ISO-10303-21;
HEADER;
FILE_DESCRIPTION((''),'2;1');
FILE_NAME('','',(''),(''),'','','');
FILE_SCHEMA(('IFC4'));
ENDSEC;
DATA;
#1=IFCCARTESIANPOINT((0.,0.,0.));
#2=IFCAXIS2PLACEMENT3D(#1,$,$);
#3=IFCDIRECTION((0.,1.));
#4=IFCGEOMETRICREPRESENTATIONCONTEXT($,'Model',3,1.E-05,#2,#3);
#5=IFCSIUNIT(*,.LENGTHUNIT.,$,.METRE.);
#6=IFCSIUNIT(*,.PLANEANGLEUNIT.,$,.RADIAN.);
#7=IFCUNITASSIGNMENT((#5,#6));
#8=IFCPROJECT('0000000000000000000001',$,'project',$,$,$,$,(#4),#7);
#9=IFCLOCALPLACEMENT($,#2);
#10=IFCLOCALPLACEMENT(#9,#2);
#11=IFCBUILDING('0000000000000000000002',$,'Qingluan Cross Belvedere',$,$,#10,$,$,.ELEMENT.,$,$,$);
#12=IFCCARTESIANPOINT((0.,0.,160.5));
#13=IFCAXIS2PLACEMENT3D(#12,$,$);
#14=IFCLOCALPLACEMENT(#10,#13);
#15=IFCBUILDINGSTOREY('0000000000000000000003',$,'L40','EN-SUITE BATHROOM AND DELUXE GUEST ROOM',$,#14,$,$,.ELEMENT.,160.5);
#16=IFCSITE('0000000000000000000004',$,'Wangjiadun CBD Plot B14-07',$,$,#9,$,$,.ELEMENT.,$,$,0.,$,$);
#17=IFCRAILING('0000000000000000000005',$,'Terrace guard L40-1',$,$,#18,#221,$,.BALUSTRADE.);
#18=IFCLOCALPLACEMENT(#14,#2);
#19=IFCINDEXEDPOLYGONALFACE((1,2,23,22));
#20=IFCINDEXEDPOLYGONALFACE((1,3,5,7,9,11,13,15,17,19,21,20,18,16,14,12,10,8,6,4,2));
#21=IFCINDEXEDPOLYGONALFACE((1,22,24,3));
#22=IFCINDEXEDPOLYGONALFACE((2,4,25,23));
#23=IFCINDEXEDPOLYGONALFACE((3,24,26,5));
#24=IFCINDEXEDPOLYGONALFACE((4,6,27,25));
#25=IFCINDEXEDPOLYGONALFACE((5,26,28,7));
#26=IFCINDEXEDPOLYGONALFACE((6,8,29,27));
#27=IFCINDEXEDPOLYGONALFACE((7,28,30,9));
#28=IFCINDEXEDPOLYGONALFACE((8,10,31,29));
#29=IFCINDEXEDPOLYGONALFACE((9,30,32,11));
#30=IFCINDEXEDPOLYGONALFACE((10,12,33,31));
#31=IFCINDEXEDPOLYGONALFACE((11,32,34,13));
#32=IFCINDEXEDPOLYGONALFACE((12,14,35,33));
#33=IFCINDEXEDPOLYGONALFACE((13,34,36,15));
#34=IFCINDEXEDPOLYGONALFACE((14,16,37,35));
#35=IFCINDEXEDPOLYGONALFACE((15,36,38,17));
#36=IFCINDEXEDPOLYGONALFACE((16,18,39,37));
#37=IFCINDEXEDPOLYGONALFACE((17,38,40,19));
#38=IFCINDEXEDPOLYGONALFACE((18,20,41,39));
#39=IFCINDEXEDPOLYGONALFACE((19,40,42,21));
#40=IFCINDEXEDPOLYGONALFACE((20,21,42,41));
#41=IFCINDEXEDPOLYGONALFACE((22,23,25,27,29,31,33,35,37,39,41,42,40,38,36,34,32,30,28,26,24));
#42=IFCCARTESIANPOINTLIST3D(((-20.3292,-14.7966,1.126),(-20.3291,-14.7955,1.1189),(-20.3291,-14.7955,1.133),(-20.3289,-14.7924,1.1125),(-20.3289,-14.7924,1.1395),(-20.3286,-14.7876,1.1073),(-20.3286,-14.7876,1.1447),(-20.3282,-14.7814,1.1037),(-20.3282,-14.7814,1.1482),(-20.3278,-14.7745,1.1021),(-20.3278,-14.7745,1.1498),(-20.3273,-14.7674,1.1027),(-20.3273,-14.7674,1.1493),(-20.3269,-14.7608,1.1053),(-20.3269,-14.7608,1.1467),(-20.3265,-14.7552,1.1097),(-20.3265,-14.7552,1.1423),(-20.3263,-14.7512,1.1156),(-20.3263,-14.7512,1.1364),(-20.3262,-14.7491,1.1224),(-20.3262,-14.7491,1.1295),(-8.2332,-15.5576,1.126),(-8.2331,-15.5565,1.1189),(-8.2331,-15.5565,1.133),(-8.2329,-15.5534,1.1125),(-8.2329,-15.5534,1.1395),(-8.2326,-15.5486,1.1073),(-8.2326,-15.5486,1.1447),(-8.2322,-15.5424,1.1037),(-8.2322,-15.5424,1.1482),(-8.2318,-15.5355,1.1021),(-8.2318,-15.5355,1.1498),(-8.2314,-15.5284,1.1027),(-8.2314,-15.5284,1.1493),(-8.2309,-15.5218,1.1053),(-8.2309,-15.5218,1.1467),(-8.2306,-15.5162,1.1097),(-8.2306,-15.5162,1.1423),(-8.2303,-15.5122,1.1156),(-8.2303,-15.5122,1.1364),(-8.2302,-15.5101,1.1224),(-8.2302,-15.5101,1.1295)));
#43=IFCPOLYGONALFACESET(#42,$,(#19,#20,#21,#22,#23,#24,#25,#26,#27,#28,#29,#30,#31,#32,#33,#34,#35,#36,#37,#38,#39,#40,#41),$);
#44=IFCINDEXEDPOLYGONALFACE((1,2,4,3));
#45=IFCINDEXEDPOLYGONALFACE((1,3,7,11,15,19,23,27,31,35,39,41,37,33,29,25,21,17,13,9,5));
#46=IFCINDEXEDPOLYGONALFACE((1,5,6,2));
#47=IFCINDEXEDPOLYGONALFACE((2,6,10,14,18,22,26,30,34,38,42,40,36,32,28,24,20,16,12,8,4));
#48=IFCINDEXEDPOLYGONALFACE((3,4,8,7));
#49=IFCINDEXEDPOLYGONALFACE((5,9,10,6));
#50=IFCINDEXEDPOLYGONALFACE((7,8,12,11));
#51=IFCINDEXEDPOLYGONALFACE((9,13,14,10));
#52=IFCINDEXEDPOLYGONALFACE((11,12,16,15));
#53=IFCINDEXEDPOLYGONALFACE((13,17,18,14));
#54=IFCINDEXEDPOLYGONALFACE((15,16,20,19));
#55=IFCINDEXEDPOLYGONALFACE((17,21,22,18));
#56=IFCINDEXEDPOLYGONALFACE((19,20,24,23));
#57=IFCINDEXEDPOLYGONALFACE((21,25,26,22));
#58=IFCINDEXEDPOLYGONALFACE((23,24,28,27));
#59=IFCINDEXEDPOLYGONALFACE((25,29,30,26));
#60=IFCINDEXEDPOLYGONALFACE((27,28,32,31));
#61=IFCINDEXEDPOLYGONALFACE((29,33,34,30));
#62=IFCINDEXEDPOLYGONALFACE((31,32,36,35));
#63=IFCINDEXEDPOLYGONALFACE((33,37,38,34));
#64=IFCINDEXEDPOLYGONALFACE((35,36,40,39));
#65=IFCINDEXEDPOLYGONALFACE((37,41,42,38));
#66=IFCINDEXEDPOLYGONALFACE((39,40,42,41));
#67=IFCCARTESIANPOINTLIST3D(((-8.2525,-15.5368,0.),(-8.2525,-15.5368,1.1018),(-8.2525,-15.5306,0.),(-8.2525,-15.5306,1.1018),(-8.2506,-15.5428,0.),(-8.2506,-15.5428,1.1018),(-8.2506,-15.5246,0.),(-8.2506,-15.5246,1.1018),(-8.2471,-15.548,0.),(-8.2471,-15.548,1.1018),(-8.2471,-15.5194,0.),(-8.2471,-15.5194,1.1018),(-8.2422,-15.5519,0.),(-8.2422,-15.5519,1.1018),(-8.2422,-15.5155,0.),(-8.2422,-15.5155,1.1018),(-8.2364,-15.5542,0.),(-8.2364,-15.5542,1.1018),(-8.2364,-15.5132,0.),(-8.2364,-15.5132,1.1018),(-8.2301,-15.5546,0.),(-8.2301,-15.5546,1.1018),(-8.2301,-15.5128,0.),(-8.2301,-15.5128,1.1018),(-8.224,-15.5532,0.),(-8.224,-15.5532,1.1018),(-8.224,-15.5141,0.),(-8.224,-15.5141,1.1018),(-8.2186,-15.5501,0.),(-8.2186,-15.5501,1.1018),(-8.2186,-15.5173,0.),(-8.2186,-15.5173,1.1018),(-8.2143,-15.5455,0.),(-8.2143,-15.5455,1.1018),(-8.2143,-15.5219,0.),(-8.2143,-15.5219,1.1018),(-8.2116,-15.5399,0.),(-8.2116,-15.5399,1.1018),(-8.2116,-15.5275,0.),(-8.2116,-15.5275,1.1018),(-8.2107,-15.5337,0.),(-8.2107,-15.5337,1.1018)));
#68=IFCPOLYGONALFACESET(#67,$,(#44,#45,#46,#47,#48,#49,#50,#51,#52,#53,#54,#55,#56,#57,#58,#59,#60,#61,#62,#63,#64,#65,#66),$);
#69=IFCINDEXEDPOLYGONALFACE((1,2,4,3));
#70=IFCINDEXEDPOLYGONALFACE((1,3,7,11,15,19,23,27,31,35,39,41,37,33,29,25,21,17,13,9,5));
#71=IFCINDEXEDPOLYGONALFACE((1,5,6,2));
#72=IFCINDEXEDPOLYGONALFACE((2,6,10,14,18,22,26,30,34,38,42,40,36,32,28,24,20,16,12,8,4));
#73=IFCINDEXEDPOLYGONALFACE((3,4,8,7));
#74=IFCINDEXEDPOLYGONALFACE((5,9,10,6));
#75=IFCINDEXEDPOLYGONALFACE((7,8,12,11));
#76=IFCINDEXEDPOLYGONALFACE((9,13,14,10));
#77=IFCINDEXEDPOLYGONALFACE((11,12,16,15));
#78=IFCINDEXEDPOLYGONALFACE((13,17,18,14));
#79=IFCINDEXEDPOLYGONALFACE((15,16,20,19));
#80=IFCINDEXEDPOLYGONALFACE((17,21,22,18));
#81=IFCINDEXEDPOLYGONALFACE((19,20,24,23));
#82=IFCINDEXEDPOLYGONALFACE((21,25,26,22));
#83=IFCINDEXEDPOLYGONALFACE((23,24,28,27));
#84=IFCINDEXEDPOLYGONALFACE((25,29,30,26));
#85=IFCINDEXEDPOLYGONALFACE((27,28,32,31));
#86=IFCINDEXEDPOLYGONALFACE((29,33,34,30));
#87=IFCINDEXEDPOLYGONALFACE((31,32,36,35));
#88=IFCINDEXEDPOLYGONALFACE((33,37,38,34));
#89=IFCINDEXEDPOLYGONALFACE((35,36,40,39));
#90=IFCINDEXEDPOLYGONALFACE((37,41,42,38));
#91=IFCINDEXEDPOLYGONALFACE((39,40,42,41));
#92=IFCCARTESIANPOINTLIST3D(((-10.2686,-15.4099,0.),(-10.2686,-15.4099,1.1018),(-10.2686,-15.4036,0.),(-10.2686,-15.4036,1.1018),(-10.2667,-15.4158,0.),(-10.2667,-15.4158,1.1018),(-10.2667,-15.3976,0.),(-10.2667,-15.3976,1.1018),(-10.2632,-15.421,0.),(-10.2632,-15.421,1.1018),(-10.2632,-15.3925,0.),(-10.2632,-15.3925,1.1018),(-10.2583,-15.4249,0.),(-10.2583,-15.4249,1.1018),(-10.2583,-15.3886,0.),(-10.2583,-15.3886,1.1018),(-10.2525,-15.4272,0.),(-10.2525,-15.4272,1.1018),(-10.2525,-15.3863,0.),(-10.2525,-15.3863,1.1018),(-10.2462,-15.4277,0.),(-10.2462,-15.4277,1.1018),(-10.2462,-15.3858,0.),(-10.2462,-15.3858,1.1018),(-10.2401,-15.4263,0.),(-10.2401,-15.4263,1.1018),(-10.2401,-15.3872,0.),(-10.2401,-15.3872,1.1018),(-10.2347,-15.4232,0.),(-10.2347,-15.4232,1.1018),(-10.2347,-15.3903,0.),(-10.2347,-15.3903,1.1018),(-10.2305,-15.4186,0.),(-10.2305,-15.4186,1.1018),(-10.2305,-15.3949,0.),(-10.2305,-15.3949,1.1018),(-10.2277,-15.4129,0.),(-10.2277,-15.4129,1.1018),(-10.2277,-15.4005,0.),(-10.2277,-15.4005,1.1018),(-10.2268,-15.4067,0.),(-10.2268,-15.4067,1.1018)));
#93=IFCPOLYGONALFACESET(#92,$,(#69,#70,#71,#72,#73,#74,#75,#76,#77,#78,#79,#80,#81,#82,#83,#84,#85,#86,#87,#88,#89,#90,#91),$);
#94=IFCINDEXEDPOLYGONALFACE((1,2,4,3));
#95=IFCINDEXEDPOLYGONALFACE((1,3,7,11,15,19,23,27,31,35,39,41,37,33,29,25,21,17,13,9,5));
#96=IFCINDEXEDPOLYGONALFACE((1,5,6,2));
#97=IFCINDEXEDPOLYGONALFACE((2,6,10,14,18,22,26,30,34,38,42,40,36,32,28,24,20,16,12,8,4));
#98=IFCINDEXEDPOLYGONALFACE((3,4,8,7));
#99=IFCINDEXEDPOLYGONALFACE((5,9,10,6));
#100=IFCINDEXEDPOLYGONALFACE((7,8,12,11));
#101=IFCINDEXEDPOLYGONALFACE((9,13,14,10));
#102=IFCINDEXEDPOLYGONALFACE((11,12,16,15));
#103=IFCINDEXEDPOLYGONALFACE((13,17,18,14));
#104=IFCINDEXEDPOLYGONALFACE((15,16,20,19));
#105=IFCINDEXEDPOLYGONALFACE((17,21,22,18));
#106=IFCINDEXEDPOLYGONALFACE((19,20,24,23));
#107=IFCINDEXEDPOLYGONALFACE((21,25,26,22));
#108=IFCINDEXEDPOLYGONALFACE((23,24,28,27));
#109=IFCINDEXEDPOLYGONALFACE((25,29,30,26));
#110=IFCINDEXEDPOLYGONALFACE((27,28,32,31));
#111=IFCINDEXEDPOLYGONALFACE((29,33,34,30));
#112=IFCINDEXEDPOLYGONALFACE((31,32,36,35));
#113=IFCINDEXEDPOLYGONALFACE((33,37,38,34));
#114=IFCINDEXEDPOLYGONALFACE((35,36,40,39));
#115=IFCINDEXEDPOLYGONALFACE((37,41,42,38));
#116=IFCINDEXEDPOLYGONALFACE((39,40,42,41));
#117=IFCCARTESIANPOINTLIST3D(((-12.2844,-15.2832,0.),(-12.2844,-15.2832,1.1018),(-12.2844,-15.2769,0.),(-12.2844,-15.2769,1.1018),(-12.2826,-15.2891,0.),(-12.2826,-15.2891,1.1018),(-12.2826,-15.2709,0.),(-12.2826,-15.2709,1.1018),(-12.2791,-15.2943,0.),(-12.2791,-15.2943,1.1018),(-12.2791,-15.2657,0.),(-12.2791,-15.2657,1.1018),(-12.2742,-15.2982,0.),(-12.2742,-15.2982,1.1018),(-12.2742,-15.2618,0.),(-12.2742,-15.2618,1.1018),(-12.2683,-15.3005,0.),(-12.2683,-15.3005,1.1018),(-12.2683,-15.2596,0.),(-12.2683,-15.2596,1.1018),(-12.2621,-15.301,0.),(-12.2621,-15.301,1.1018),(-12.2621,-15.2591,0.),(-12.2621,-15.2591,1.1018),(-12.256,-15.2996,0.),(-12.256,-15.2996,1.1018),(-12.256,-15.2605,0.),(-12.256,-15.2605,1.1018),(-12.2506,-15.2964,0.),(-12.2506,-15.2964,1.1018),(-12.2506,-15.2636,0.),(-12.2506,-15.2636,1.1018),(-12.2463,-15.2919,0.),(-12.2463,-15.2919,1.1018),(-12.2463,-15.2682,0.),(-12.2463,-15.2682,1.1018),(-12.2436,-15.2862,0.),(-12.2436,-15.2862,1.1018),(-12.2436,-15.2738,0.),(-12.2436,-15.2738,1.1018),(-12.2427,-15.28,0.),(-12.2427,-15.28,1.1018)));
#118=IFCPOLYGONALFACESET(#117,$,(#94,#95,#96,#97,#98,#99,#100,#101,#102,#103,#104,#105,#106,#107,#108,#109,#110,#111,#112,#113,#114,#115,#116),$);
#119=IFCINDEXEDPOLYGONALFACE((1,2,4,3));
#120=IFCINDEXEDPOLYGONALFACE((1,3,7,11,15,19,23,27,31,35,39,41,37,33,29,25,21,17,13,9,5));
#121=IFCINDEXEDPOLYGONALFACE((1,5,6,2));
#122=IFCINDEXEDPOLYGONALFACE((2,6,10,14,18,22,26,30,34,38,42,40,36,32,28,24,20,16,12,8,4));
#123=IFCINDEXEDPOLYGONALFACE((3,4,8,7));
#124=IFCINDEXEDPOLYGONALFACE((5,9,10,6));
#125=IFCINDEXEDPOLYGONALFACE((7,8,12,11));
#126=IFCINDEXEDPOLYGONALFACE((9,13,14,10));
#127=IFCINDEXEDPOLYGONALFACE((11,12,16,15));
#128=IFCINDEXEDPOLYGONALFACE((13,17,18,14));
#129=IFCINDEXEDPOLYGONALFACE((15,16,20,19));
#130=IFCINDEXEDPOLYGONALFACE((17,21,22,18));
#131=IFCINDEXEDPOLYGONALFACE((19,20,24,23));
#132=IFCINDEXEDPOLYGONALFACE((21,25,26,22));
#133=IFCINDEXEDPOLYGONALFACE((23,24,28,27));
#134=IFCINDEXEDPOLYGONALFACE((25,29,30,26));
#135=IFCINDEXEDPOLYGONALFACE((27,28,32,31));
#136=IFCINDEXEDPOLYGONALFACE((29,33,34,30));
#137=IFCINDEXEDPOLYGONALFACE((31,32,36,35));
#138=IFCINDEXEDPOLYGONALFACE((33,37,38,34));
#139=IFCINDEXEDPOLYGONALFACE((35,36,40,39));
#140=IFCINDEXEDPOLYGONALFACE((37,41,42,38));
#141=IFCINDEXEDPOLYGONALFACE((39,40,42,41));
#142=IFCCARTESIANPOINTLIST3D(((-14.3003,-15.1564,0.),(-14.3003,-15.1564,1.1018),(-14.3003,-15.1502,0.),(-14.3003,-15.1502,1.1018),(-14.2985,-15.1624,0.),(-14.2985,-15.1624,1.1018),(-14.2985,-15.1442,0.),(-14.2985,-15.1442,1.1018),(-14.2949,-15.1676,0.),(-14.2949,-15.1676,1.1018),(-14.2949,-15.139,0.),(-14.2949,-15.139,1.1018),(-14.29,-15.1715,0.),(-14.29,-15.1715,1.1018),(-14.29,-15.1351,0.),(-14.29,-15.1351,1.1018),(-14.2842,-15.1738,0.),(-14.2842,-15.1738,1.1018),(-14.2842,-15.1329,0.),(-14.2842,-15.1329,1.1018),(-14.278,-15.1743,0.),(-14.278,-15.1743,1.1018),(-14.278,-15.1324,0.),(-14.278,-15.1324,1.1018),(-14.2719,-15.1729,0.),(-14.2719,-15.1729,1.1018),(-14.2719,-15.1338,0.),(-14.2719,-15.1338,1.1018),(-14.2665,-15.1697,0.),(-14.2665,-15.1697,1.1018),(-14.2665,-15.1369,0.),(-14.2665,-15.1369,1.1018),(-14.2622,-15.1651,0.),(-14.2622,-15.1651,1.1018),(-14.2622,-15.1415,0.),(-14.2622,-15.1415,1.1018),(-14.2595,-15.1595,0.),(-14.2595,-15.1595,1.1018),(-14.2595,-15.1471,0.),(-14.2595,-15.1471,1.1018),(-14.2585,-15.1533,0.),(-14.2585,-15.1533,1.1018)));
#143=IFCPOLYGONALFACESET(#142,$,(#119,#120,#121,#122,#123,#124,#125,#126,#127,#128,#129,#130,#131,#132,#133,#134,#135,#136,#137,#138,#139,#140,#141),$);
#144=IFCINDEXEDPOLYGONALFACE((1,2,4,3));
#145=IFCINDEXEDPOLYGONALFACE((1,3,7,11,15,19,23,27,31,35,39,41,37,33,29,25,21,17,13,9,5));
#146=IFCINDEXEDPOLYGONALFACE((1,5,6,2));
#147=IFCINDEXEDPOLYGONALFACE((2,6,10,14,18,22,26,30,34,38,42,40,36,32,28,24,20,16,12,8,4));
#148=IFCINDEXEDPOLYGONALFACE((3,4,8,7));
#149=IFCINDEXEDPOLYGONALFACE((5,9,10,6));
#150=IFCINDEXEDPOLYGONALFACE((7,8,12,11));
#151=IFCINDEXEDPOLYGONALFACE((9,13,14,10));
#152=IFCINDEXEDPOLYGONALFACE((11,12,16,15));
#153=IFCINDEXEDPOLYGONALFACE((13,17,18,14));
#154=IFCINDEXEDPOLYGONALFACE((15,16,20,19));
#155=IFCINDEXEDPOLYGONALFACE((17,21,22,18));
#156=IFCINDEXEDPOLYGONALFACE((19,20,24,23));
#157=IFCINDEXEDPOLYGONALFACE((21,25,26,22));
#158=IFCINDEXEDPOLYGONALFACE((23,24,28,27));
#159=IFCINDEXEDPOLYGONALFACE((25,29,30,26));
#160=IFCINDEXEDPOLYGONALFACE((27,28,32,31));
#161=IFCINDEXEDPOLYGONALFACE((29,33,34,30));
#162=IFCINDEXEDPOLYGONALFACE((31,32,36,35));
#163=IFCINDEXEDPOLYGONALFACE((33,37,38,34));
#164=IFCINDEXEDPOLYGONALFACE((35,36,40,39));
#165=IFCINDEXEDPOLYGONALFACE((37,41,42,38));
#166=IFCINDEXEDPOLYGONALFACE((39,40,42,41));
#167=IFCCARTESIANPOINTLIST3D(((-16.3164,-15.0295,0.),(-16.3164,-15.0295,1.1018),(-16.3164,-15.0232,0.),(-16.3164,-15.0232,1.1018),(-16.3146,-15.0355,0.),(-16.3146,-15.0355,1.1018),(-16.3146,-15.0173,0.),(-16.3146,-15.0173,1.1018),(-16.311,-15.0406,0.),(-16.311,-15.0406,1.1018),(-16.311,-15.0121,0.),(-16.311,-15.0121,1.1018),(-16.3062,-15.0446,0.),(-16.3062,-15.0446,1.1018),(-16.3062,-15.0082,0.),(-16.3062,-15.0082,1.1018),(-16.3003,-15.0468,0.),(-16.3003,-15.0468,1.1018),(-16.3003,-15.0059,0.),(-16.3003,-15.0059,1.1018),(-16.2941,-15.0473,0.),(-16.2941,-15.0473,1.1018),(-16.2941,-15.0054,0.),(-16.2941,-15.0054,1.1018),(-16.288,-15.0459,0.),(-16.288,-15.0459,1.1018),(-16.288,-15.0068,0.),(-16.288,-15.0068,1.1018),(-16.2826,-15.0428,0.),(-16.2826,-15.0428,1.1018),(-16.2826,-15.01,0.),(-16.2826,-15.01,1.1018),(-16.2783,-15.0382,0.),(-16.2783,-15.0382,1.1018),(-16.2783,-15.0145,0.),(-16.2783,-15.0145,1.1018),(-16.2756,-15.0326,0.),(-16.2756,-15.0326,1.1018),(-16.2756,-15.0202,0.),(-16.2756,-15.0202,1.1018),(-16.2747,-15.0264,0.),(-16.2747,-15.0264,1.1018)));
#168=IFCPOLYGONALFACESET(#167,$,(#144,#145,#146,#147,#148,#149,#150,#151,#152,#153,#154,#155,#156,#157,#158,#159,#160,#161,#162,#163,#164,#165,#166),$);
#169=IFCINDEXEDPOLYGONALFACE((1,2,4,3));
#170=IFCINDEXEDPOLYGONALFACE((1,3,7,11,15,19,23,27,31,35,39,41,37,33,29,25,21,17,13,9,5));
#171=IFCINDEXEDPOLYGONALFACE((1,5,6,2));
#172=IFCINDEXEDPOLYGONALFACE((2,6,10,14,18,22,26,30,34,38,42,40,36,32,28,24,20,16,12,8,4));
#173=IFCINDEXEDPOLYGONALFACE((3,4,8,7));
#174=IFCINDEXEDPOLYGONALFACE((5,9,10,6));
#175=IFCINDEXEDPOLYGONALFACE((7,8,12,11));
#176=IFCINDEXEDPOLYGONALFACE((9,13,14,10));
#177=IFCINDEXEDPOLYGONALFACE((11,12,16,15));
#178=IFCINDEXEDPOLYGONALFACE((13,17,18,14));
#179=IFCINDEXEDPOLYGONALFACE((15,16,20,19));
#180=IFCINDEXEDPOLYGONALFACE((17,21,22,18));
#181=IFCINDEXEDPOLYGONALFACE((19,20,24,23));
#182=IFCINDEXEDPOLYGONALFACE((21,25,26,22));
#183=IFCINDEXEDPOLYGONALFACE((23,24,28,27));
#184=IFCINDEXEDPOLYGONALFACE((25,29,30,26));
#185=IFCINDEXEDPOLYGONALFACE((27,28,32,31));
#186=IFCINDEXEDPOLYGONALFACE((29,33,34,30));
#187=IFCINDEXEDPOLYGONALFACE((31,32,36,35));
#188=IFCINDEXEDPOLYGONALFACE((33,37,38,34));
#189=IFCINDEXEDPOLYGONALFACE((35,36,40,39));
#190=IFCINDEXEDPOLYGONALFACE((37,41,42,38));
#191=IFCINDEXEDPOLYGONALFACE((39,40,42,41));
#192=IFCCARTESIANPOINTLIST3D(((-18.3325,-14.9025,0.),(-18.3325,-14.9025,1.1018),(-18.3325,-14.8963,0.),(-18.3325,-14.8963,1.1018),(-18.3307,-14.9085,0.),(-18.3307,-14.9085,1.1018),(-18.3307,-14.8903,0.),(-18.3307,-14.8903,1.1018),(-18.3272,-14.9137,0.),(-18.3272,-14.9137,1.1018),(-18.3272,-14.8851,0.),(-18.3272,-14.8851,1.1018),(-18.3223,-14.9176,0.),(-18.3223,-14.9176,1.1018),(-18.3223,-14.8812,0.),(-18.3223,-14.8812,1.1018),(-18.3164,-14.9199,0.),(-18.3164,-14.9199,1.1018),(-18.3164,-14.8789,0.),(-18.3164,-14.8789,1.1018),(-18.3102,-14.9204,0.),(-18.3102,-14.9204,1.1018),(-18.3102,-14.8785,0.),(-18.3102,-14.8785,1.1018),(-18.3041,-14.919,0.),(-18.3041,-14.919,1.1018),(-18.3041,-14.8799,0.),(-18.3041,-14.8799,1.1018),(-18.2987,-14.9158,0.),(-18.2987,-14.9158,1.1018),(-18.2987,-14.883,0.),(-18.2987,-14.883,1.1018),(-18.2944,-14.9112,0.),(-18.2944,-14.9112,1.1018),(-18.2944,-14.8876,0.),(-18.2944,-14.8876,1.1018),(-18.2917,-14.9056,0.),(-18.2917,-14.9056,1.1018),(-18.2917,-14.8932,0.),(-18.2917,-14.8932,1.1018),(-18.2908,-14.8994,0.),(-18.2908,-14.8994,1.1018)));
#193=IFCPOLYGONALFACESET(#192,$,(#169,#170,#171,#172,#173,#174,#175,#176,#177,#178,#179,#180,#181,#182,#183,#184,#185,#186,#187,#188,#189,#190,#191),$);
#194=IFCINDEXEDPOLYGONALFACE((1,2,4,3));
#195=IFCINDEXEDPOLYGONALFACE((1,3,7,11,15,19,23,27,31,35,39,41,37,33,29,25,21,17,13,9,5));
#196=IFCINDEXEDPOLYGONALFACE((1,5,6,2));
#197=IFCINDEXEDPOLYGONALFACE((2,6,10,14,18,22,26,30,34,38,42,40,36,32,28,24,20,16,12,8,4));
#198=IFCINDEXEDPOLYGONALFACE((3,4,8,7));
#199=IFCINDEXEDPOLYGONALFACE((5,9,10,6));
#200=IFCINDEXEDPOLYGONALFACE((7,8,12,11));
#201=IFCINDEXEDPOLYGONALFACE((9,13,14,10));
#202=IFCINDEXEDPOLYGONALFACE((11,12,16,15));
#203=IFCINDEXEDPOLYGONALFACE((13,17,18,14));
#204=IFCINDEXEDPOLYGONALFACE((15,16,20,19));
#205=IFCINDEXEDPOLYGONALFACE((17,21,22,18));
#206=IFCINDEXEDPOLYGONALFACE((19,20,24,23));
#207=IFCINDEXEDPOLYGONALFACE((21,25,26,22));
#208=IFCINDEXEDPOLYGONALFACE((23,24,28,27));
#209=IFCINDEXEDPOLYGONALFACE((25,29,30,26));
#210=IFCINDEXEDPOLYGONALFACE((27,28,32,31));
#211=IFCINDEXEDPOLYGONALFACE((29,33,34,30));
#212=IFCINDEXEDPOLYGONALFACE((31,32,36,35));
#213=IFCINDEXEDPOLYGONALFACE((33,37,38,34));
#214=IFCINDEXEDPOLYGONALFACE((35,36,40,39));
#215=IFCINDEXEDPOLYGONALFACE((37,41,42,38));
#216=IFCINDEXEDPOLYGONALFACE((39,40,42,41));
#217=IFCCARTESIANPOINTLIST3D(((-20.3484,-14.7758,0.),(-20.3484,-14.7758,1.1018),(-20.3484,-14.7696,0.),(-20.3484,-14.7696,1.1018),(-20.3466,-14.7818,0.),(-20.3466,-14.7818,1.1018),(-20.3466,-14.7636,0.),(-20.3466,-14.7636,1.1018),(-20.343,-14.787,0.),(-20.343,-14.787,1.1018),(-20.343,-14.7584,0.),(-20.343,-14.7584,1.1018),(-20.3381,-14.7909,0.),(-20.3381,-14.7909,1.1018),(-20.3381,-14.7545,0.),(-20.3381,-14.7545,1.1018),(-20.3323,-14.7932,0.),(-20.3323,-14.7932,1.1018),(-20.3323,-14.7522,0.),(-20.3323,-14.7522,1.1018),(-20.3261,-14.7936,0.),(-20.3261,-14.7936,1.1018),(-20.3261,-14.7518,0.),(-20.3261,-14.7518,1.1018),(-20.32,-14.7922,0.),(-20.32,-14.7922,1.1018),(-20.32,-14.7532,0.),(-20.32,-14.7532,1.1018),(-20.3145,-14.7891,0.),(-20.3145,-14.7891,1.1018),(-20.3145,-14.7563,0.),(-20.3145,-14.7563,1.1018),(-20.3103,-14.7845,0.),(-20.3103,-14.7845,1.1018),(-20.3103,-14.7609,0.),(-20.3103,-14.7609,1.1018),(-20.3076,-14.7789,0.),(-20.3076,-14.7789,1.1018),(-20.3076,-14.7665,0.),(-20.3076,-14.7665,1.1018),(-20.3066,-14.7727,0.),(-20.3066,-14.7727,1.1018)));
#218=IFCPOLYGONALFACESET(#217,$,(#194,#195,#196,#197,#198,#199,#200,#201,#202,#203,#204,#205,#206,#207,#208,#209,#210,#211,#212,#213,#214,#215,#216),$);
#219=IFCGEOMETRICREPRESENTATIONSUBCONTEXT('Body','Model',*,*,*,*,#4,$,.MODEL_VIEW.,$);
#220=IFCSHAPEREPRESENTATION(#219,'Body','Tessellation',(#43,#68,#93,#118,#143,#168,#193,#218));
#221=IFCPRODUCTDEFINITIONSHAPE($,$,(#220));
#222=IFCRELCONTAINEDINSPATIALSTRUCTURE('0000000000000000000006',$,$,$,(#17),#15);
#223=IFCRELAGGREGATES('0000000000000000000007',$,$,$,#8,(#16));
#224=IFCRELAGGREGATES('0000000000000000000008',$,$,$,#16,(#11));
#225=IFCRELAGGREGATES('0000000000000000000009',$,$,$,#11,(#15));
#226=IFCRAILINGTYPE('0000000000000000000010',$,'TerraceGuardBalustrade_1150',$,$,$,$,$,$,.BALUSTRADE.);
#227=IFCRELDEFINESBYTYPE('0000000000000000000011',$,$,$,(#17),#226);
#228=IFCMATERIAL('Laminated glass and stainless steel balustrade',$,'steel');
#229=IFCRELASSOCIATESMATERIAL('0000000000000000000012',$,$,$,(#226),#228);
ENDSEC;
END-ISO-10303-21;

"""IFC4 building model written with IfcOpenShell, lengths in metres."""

from ifc_helpers import new_model, si_unit, direction, frame, origin, origin_2d, place, context, subcontext, project, spatial, circle, extrude, material, type_object, element, save


model = new_model("IFC4")

# Units and contexts
model_context = context("Model", 3, precision=1e-05, world=origin(), true_north=direction((0.0, 1.0)))
body_context = subcontext(model_context, "Body", "Model", "MODEL_VIEW")
ifc_project = project(units=[si_unit("LENGTHUNIT", "METRE"), si_unit("PLANEANGLEUNIT", "RADIAN")], contexts=[model_context])

# Site, building, storey
site_placement = place(None, origin())
site = spatial("IfcSite", under=ifc_project, at=site_placement, Name="Wangjiadun CBD Plot B14-07", CompositionType="ELEMENT", RefElevation=0.0)
building_placement = place(site_placement, origin())
building = spatial("IfcBuilding", under=site, at=building_placement, Name="Qingluan Cross Belvedere", CompositionType="ELEMENT")
storey_placement = place(building_placement, frame((0.0, 0.0, 160.5)))
storey = spatial("IfcBuildingStorey", under=building, at=storey_placement, Name="L40", Description="EN-SUITE BATHROOM AND DELUXE GUEST ROOM", CompositionType="ELEMENT", Elevation=160.5)

# Railing
ifc_material_1 = material(Name="Laminated glass and stainless steel balustrade", Category="steel")
railing_type = type_object("IfcRailingType", Name="TerraceGuardBalustrade_1150", PredefinedType="BALUSTRADE", material=ifc_material_1)
railing_1_placement = place(storey_placement, frame((-8.2317, -15.5337, 0.0)))
element("IfcRailing", 1, at=railing_1_placement, inside=storey, type_object=railing_type, Name="Terrace guard L40-1", PredefinedType="BALUSTRADE", context=body_context, shape_type="SweptSolid", body=[
    extrude(circle(Radius=0.0239, at=origin_2d()), frame((0.0, 0.0, 1.126), z_axis=(-0.998027, 0.062788, 0.0), x_axis=(-0.062788, -0.998027, 0.0)), (0.0, 0.0, 1.0), 12.1199),
    extrude(circle(Radius=0.021, at=origin_2d()), origin(), (0.0, 0.0, 1.0), 1.1018),
    extrude(circle(Radius=0.021, at=origin_2d()), frame((-2.0161, 0.127, 0.0)), (0.0, 0.0, 1.0), 1.1018),
    extrude(circle(Radius=0.021, at=origin_2d()), frame((-4.032, 0.2537, 0.0)), (0.0, 0.0, 1.0), 1.1018),
    extrude(circle(Radius=0.021, at=origin_2d()), frame((-6.0479, 0.3804, 0.0)), (0.0, 0.0, 1.0), 1.1018),
    extrude(circle(Radius=0.021, at=origin_2d()), frame((-8.064, 0.5073, 0.0)), (0.0, 0.0, 1.0), 1.1018),
    extrude(circle(Radius=0.021, at=origin_2d()), frame((-10.0801, 0.6343, 0.0)), (0.0, 0.0, 1.0), 1.1018),
    extrude(circle(Radius=0.021, at=origin_2d()), frame((-12.0959, 0.761, 0.0)), (0.0, 0.0, 1.0), 1.1018),
])

save(model, "model.ifc")
